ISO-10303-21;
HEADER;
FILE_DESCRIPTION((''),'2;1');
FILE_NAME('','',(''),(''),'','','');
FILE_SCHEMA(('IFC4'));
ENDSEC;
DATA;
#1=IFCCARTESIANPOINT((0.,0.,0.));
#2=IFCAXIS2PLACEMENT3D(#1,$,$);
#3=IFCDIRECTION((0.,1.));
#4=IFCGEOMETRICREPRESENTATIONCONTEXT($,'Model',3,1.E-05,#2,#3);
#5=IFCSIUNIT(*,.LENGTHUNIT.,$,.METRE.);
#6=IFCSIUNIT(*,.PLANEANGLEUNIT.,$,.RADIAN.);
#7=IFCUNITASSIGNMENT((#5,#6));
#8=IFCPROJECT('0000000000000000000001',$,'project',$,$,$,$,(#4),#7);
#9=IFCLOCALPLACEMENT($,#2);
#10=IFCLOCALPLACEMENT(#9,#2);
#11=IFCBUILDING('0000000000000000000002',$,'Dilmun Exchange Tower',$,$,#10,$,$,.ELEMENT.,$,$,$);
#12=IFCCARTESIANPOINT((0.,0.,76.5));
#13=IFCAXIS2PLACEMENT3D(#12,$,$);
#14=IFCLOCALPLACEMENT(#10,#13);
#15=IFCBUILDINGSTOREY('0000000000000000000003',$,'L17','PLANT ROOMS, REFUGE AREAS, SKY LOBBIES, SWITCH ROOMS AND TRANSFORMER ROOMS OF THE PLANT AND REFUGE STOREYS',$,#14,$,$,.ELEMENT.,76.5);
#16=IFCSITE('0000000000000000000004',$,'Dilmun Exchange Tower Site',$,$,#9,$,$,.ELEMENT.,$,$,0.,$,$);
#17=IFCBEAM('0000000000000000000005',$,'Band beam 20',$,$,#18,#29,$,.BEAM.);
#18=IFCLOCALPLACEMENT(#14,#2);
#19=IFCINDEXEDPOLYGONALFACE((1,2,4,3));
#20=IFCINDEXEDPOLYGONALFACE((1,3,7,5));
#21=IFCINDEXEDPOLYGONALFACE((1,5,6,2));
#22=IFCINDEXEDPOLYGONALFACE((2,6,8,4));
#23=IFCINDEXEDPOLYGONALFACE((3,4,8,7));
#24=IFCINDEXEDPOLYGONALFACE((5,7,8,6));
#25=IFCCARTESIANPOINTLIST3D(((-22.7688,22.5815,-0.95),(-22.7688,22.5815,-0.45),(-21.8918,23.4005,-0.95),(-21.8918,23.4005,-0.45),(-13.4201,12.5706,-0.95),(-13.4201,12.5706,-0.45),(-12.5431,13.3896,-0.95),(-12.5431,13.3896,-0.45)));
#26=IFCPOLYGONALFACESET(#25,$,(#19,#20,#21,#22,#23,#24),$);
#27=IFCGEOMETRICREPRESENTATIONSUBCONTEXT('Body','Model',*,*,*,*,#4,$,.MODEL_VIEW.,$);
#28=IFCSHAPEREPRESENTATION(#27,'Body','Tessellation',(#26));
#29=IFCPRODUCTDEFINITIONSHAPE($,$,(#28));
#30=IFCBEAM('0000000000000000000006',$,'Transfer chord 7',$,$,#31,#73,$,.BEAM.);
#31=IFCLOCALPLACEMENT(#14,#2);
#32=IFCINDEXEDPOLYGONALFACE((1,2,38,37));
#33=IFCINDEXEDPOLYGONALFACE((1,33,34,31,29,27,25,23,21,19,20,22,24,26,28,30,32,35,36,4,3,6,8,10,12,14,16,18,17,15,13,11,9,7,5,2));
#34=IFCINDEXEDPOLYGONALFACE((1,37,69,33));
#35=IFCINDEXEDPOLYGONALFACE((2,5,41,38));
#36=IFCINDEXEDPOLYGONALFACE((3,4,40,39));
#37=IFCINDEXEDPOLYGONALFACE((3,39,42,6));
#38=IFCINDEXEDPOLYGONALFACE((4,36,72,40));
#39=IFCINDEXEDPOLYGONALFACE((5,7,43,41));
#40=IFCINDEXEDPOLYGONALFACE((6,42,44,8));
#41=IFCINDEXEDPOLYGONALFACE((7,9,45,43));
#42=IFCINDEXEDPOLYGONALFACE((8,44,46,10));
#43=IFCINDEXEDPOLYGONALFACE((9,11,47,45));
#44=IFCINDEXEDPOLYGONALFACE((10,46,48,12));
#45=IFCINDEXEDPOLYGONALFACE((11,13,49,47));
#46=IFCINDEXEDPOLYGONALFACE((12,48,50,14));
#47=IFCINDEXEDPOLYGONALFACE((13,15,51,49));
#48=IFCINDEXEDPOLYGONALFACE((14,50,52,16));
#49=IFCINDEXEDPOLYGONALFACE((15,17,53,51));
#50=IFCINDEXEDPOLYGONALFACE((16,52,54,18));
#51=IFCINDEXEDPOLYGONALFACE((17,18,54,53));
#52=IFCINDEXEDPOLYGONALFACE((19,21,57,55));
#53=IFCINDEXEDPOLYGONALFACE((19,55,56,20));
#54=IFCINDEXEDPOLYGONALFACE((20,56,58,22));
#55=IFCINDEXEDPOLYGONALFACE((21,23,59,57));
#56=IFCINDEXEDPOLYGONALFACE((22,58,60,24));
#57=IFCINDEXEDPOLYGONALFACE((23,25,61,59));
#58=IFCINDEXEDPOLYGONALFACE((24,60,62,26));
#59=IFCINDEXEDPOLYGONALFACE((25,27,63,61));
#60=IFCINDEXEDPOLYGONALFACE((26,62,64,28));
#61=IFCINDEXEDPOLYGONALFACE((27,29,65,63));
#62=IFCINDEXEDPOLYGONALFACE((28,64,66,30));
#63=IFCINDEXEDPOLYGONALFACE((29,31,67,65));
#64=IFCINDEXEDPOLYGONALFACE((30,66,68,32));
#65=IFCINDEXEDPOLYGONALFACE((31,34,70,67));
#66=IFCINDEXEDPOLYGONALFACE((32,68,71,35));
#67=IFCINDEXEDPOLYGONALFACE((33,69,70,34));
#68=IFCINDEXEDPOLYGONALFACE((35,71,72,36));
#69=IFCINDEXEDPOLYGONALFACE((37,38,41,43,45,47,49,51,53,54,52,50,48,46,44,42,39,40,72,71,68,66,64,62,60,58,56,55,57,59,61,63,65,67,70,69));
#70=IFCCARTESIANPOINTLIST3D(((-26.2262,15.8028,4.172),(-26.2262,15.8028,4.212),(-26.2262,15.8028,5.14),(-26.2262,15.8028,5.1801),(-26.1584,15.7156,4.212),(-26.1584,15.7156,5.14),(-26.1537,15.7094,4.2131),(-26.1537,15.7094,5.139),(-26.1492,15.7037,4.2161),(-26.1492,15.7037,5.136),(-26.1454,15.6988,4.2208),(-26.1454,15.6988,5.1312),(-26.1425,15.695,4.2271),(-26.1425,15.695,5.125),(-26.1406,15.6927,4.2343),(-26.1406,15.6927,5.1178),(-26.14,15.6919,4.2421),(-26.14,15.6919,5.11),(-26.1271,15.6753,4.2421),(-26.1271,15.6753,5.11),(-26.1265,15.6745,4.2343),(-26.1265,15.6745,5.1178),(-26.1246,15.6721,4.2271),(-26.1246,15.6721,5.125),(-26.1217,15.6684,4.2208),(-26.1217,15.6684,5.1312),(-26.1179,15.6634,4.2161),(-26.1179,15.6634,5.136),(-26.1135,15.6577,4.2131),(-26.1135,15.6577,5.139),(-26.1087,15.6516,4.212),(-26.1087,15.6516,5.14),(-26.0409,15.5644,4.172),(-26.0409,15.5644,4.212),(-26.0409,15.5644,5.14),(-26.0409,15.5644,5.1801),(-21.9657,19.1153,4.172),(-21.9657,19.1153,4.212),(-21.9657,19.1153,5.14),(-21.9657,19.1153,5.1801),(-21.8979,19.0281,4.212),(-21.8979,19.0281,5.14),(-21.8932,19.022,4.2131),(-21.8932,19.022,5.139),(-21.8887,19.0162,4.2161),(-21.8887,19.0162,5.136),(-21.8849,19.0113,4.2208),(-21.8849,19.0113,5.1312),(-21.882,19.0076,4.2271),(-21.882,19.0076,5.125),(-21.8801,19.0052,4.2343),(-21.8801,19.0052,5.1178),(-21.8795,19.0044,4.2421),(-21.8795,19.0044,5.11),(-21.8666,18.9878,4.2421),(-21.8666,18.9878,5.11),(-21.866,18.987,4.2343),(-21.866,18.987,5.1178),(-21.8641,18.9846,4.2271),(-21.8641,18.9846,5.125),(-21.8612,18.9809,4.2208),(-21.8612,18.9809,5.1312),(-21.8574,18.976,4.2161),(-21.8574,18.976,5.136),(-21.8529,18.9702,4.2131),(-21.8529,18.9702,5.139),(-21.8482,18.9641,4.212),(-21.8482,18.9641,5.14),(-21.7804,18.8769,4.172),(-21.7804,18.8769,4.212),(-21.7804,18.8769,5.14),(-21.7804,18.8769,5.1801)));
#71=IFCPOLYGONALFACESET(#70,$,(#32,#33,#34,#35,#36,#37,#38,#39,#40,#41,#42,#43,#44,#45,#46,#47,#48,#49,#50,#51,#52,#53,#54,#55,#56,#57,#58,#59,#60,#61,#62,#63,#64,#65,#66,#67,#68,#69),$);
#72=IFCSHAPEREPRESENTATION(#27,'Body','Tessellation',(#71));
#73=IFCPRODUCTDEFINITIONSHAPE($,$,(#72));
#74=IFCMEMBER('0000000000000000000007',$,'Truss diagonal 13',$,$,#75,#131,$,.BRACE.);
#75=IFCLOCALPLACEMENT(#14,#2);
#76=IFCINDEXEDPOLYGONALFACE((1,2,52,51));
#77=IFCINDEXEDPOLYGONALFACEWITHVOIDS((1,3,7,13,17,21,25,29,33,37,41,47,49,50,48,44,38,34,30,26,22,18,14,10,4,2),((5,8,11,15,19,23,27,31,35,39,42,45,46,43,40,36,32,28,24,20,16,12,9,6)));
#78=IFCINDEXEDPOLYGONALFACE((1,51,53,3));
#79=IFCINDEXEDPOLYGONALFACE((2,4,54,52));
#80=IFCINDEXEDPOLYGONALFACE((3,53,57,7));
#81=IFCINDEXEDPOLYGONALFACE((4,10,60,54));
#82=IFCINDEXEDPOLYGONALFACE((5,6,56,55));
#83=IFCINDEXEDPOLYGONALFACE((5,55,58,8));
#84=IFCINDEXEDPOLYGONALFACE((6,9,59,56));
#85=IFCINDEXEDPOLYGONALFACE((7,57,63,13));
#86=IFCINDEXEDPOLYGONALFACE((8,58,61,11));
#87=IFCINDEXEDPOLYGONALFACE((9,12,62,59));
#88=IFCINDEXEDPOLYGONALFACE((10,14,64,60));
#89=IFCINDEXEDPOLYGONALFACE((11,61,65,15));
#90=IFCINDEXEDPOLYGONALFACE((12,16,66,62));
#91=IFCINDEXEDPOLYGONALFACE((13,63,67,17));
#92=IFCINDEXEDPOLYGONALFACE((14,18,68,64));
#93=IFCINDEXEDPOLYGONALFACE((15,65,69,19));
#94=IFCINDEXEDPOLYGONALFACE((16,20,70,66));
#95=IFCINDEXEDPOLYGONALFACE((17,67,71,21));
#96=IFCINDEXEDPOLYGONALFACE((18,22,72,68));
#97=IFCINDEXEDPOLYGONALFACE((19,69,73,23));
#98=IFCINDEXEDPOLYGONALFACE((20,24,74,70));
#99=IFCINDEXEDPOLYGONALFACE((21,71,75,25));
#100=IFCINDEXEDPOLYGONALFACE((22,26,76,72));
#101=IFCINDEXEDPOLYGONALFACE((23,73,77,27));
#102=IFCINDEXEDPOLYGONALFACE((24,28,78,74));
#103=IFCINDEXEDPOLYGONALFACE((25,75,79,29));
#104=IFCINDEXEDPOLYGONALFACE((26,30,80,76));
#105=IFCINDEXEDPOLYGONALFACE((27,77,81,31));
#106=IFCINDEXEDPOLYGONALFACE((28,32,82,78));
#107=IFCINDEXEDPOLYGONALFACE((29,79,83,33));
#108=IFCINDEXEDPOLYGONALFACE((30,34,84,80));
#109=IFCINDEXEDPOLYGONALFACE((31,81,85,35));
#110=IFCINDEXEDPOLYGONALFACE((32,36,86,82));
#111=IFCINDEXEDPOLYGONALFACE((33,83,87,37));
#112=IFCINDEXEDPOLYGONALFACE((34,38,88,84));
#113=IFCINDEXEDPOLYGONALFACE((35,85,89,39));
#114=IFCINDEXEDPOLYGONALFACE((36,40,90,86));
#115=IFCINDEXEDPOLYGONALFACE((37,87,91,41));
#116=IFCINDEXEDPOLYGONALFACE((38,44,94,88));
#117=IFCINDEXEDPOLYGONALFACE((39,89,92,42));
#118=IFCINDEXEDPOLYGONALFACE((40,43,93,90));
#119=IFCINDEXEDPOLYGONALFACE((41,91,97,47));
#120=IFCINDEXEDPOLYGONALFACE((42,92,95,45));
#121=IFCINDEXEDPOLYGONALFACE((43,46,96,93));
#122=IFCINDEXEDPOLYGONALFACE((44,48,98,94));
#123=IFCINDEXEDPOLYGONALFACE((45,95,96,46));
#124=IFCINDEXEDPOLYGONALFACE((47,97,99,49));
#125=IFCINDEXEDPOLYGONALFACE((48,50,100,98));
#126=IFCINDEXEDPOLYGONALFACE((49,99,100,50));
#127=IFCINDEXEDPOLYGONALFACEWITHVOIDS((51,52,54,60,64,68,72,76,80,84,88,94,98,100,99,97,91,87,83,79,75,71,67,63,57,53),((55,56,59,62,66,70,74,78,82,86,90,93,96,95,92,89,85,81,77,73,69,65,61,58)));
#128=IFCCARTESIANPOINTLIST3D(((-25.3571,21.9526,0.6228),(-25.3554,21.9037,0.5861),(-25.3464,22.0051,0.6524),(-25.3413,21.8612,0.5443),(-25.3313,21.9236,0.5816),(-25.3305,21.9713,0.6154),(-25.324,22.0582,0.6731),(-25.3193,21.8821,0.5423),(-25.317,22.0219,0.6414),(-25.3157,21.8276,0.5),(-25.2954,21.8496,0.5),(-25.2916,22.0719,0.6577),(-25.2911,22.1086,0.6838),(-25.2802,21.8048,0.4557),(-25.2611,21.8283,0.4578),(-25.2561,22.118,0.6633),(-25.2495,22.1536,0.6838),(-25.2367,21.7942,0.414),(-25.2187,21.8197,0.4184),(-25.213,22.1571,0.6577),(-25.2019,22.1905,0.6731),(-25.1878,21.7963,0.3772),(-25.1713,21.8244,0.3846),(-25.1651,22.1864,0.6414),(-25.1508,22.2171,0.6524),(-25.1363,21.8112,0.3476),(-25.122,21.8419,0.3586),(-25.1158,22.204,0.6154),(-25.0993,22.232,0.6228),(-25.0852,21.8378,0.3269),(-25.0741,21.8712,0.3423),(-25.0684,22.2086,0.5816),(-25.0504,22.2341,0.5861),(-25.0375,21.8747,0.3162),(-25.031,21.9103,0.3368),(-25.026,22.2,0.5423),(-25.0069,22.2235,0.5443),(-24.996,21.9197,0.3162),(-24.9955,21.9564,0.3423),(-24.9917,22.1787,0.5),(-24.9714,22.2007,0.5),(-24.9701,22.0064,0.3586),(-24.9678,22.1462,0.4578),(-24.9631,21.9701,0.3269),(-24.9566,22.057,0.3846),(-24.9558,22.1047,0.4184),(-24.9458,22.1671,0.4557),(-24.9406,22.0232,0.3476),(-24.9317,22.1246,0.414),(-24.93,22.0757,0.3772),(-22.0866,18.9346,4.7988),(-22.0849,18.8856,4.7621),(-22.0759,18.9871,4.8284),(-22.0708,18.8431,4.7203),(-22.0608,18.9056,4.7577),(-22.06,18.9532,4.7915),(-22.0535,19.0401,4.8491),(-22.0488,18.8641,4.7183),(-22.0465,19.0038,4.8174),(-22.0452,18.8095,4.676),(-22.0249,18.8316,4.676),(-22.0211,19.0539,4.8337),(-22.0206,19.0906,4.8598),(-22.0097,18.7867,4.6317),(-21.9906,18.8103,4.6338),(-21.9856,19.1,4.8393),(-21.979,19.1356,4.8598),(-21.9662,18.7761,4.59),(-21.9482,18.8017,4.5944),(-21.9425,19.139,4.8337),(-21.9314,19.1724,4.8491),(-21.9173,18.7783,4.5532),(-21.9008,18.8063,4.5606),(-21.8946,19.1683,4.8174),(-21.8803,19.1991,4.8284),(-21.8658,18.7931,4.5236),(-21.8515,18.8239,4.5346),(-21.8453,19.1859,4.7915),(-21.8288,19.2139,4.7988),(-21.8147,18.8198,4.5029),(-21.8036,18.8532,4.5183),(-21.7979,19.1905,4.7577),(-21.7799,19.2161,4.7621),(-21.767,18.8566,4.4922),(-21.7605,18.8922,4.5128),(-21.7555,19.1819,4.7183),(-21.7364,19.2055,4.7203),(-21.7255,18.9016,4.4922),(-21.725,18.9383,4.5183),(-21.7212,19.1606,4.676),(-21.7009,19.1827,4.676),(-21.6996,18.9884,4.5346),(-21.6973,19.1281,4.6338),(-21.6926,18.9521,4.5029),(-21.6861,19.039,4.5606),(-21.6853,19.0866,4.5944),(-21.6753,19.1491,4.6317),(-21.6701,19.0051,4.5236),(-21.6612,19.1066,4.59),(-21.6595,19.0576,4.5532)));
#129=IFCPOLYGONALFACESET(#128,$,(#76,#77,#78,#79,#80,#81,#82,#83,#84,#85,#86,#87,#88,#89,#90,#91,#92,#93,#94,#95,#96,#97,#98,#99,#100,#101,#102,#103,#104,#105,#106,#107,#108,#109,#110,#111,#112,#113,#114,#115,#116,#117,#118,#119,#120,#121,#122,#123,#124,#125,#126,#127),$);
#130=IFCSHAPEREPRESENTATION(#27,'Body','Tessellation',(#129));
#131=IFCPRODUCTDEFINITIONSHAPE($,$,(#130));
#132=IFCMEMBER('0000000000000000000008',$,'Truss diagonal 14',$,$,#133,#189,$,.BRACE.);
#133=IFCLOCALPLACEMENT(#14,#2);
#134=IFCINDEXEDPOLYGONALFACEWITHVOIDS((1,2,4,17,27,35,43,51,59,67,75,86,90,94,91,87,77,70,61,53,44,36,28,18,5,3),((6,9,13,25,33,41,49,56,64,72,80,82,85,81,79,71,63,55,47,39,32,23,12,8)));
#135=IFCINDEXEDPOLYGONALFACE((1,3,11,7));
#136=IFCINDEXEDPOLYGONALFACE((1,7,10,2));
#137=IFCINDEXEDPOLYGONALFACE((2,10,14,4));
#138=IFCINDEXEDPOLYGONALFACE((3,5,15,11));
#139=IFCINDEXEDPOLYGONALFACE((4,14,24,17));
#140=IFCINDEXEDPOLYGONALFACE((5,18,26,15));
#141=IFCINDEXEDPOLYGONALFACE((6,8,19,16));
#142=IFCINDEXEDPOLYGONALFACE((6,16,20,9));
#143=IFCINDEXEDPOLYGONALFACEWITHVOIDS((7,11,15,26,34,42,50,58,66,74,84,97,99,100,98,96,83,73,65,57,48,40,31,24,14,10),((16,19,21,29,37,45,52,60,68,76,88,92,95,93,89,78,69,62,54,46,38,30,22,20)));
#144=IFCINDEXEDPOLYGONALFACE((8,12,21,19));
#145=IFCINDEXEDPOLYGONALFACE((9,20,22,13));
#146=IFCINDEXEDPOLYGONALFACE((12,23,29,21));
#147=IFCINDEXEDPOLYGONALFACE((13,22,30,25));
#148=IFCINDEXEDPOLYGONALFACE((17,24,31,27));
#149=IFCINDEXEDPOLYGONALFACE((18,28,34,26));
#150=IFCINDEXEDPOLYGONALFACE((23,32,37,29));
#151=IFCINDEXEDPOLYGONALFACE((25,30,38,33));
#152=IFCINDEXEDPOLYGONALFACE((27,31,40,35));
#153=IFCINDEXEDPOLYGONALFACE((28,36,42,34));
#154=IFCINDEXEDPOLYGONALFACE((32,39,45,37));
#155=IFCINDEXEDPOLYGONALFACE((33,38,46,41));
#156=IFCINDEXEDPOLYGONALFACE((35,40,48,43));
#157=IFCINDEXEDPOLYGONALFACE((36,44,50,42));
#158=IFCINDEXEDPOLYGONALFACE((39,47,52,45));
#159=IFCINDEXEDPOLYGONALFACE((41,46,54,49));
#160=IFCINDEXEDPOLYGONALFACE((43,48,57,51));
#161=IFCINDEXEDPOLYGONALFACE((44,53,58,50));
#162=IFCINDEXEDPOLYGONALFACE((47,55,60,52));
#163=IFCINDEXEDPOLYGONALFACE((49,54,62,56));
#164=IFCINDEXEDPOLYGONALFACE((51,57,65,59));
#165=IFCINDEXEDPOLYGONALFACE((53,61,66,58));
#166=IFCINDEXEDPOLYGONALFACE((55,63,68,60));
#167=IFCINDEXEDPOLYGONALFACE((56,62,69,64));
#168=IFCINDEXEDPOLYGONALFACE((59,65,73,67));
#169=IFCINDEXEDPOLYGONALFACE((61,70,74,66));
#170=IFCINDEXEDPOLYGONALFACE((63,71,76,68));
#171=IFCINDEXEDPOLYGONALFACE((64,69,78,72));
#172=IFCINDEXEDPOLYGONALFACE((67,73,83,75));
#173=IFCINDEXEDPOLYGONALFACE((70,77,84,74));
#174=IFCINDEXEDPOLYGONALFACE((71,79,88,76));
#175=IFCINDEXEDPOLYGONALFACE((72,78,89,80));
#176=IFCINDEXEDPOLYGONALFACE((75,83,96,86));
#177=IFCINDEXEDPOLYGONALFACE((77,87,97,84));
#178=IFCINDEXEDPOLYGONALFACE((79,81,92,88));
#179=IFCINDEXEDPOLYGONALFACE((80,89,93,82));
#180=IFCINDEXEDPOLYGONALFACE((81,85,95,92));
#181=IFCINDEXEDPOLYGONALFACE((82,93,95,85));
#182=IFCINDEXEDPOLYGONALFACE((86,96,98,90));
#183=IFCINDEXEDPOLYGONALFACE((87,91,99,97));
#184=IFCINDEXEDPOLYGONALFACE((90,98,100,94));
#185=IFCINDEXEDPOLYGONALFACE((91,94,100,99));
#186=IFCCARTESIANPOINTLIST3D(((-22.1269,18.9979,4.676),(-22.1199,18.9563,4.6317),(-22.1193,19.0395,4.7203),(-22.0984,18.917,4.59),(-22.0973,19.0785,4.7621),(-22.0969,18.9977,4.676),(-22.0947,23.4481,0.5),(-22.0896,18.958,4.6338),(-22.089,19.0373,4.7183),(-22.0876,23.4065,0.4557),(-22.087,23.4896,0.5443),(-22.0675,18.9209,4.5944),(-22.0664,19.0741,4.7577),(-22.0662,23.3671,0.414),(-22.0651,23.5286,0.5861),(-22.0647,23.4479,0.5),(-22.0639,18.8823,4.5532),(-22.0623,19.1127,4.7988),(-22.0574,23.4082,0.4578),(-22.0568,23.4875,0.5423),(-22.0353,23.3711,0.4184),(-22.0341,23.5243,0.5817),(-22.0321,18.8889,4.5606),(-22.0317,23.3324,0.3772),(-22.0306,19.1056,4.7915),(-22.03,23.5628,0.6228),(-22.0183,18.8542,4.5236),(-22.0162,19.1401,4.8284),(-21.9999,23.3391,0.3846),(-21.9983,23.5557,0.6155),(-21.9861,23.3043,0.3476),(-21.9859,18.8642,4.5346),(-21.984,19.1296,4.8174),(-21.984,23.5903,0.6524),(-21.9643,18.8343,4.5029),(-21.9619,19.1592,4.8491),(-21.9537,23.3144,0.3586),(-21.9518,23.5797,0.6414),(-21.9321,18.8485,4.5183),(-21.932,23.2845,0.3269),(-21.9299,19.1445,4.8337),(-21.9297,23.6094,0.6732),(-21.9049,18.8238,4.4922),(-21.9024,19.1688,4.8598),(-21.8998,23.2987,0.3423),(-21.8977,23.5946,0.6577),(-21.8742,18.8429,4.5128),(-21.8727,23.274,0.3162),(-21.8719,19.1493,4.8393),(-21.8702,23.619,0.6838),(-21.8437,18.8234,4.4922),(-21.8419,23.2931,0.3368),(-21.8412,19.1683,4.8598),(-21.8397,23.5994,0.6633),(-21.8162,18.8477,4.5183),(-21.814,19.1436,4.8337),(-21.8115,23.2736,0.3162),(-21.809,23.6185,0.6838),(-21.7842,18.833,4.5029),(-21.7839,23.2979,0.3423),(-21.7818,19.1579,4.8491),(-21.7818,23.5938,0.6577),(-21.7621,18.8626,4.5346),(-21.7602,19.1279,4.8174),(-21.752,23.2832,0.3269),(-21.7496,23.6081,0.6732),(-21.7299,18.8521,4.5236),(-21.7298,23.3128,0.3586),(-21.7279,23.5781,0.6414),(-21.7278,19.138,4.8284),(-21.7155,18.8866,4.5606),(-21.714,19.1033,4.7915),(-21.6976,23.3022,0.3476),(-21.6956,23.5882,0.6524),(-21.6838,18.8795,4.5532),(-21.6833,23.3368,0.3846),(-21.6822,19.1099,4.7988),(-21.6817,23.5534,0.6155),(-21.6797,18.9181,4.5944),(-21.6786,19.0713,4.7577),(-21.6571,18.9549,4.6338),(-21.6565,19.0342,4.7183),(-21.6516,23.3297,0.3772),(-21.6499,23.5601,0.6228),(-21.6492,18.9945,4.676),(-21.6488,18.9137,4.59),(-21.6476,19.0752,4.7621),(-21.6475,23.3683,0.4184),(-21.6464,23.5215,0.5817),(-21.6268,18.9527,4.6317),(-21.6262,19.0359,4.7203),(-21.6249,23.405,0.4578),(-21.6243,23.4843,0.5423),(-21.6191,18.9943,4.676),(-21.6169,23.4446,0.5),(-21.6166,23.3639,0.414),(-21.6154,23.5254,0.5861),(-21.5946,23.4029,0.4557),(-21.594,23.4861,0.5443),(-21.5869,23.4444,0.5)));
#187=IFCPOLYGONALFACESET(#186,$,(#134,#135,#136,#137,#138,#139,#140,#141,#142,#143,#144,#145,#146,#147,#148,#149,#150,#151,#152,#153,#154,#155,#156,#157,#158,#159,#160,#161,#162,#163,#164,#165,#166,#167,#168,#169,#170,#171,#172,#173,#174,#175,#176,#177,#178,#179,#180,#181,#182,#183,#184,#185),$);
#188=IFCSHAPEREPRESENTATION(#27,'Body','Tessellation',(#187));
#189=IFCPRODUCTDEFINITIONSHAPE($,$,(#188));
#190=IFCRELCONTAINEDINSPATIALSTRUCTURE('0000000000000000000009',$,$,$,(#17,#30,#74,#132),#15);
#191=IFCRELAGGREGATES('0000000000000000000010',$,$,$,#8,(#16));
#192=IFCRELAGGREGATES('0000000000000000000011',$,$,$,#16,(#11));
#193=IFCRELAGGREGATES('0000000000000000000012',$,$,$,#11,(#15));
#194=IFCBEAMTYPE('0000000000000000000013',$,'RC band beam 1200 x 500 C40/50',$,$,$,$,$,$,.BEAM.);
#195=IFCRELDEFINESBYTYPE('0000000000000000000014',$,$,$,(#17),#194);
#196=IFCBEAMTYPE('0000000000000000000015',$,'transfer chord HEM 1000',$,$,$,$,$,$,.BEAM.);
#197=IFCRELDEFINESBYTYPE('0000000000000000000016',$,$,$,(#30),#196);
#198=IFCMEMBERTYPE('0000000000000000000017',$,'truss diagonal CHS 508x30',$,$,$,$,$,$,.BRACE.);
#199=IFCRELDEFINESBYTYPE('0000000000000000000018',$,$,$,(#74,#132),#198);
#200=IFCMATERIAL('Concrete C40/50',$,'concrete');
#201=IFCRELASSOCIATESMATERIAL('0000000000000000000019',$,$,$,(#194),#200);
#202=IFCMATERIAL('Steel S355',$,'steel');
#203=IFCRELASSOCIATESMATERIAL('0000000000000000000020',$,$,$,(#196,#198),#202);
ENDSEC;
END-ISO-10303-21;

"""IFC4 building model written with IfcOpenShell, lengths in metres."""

from ifc_helpers import new_model, si_unit, direction, frame, origin, origin_2d, place, context, subcontext, project, spatial, rectangle, hollow_circle, i_section, extrude, material, material_profile, profile_set, type_object, element, save


model = new_model("IFC4")

# Units and contexts
model_context = context("Model", 3, precision=1e-05, world=origin(), true_north=direction((0.0, 1.0)))
body_context = subcontext(model_context, "Body", "Model", "MODEL_VIEW")
ifc_project = project(units=[si_unit("LENGTHUNIT", "METRE"), si_unit("PLANEANGLEUNIT", "RADIAN")], contexts=[model_context])

# Site, building, storey
site_placement = place(None, origin())
site = spatial("IfcSite", under=ifc_project, at=site_placement, Name="Dilmun Exchange Tower Site", CompositionType="ELEMENT", RefElevation=0.0)
building_placement = place(site_placement, origin())
building = spatial("IfcBuilding", under=site, at=building_placement, Name="Dilmun Exchange Tower", CompositionType="ELEMENT")
storey_placement = place(building_placement, frame((0.0, 0.0, 76.5)))
storey = spatial("IfcBuildingStorey", under=building, at=storey_placement, Name="L17", Description="PLANT ROOMS, REFUGE AREAS, SKY LOBBIES, SWITCH ROOMS AND TRANSFORMER ROOMS OF THE PLANT AND REFUGE STOREYS", CompositionType="ELEMENT", Elevation=76.5)

# Beams
ifc_material_1 = material(Name="Concrete C40/50", Category="concrete")
ifc_material_profile_1 = material_profile(ifc_material_1, rectangle(XDim=1.2, YDim=0.5, at=origin_2d()), Name="1200 x 500")
ifc_profile_set_1 = profile_set([ifc_material_profile_1], Name="Concrete C40/50")
beam_type_1 = type_object("IfcBeamType", Name="RC band beam 1200 x 500 C40/50", PredefinedType="BEAM", material=ifc_profile_set_1)
beam_1_placement = place(storey_placement, frame((-22.3303, 22.991, -0.7), z_axis=(0.682524, -0.730863, 0.0), x_axis=(0.730863, 0.682524, 0.0)))
element("IfcBeam", 1, at=beam_1_placement, inside=storey, type_object=beam_type_1, Name="Band beam 20", PredefinedType="BEAM", context=body_context, shape_type="SweptSolid", body=[
    extrude(rectangle(XDim=1.2, YDim=0.5, at=origin_2d()), origin(), (0.0, 0.0, 1.0), 13.6973),
])
ifc_material_2 = material(Name="Steel S355", Category="steel")
ifc_material_profile_2 = material_profile(ifc_material_2, i_section(OverallWidth=0.302, OverallDepth=1.0081, WebThickness=0.021, FlangeThickness=0.04, FilletRadius=0.03, at=origin_2d()), Name="HEM 1000")
ifc_profile_set_2 = profile_set([ifc_material_profile_2], Name="Steel S355")
beam_type_2 = type_object("IfcBeamType", Name="transfer chord HEM 1000", PredefinedType="BEAM", material=ifc_profile_set_2)
beam_2_placement = place(storey_placement, frame((-21.873, 18.9961, 4.676), z_axis=(-0.789462, -0.6138, 0.0), x_axis=(0.6138, -0.789462, 0.0)))
element("IfcBeam", 2, at=beam_2_placement, inside=storey, type_object=beam_type_2, Name="Transfer chord 7", PredefinedType="BEAM", context=body_context, shape_type="SweptSolid", body=[
    extrude(i_section(OverallWidth=0.302, OverallDepth=1.0081, WebThickness=0.021, FlangeThickness=0.04, FilletRadius=0.03, at=origin_2d()), origin(), (0.0, 0.0, 1.0), 5.3967),
])

# Members
ifc_material_profile_3 = material_profile(ifc_material_2, hollow_circle(Radius=0.2539, WallThickness=0.03, at=origin_2d()), Name="CHS 508x30")
ifc_profile_set_3 = profile_set([ifc_material_profile_3], Name="Steel S355")
member_type = type_object("IfcMemberType", Name="truss diagonal CHS 508x30", PredefinedType="BRACE", material=ifc_profile_set_3)
for number, where, z_axis, x_axis, name in (
    (3, (-21.873, 18.9961, 4.676), (-0.535903, 0.494538, -0.684281), (-0.678175, -0.7349, 0.0), "Truss diagonal 13"),
    (4, (-21.873, 18.9961, 4.676), (0.005281, 0.729203, -0.684278), (-0.999974, 0.007241, 0.0), "Truss diagonal 14"),
):
    element("IfcMember", number, at=place(storey_placement, frame(where, z_axis=z_axis, x_axis=x_axis)), inside=storey, type_object=member_type, Name=name, PredefinedType="BRACE", context=body_context, shape_type="SweptSolid", body=[
        extrude(hollow_circle(Radius=0.2539, WallThickness=0.03, at=origin_2d()), origin(), (0.0, 0.0, 1.0), 6.1028),
    ])

save(model, "model.ifc")
